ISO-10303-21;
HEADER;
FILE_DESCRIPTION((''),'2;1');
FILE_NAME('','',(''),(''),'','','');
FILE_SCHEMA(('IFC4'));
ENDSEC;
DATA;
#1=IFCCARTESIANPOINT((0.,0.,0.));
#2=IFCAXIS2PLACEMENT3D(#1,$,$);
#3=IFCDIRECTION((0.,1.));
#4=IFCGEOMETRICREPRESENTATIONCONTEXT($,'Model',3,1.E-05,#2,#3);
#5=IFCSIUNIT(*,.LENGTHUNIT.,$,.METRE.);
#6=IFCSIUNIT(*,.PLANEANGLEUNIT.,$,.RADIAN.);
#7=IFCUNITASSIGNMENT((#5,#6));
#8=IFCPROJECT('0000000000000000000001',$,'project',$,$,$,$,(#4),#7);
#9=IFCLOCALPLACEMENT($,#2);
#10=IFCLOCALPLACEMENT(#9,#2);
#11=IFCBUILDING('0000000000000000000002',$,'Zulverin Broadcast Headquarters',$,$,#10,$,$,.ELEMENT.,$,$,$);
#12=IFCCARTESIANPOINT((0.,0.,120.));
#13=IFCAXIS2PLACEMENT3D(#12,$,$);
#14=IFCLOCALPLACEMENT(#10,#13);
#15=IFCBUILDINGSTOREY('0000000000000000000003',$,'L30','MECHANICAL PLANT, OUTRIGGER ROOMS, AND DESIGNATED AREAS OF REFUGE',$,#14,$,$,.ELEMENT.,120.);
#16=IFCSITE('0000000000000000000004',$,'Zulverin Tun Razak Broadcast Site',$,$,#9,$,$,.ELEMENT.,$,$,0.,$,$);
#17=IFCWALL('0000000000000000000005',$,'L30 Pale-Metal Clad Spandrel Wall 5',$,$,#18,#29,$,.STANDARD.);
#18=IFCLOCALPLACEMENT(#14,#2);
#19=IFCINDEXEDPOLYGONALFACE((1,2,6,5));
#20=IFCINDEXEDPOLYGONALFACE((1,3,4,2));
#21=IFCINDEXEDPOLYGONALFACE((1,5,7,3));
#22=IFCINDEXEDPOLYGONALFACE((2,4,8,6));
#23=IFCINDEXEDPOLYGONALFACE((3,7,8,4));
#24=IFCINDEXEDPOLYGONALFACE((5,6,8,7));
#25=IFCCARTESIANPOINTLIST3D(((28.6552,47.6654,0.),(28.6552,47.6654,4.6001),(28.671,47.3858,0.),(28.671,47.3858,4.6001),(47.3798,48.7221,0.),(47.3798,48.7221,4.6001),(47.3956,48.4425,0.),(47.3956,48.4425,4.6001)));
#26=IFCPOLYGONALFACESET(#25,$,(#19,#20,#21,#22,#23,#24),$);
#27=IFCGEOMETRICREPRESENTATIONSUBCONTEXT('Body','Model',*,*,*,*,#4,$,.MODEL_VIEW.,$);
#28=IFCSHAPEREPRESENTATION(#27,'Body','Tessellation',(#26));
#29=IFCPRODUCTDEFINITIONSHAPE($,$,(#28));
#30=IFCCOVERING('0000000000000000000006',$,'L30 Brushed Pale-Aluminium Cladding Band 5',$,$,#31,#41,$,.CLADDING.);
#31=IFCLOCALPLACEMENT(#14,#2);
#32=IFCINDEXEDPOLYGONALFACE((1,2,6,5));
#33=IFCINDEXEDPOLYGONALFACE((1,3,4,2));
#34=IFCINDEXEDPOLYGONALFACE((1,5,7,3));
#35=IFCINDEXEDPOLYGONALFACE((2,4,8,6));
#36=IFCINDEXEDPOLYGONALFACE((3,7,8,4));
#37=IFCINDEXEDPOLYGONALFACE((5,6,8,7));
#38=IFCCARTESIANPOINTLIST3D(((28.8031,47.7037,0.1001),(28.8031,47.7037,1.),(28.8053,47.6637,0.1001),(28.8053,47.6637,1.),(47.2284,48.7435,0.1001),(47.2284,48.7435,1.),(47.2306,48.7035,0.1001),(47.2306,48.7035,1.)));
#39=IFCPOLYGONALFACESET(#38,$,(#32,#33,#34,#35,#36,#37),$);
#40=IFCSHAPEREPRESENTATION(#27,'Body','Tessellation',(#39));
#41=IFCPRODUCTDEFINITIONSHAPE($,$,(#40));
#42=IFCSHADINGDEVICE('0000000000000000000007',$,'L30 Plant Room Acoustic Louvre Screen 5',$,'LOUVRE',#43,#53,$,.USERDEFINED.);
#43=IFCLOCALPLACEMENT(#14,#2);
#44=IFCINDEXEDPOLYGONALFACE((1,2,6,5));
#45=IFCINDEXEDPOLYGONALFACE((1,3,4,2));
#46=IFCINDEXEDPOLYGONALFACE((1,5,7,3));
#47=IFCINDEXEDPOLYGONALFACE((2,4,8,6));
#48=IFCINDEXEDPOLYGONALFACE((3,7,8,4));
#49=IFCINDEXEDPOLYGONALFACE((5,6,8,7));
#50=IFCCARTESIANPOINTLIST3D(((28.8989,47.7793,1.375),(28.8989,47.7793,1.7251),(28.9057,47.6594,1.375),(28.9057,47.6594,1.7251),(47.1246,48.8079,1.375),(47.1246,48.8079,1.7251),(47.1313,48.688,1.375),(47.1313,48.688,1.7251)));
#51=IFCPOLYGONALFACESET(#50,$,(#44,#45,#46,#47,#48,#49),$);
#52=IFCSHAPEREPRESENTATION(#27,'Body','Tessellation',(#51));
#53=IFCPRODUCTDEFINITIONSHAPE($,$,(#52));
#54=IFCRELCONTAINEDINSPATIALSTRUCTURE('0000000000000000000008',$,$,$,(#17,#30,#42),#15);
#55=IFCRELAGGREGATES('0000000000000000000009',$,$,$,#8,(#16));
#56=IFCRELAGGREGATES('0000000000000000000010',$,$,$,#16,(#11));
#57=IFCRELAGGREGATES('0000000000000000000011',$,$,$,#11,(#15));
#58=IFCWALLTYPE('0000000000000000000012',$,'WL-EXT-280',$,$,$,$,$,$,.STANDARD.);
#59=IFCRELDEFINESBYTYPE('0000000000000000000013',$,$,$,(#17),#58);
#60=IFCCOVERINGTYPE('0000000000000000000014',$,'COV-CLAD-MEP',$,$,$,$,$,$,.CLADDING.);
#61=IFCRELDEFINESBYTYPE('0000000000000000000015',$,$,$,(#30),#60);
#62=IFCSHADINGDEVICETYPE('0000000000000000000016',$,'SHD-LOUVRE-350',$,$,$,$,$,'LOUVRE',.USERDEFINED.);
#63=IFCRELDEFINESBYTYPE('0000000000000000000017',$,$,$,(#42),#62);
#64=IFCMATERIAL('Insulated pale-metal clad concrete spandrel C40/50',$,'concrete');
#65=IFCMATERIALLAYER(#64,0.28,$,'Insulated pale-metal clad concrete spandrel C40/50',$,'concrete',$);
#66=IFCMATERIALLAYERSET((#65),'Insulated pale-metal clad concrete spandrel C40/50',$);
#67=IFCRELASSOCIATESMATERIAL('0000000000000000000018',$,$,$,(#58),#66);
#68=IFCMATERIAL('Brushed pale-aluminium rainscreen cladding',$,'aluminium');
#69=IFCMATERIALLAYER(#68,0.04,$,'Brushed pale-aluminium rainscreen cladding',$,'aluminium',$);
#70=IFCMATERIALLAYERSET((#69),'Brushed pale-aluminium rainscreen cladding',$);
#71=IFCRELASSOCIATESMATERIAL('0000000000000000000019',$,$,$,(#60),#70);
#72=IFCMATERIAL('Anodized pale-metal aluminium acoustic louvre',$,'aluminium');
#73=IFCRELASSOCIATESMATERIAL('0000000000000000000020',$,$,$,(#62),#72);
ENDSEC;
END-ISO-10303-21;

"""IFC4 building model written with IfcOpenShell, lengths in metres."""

from ifc_helpers import new_model, si_unit, direction, frame, frame_2d, origin, origin_2d, place, context, subcontext, project, spatial, rectangle, extrude, material, layer, layer_set, type_object, element, save


model = new_model("IFC4")

# Units and contexts
model_context = context("Model", 3, precision=1e-05, world=origin(), true_north=direction((0.0, 1.0)))
body_context = subcontext(model_context, "Body", "Model", "MODEL_VIEW")
ifc_project = project(units=[si_unit("LENGTHUNIT", "METRE"), si_unit("PLANEANGLEUNIT", "RADIAN")], contexts=[model_context])

# Site, building, storey
site_placement = place(None, origin())
site = spatial("IfcSite", under=ifc_project, at=site_placement, Name="Zulverin Tun Razak Broadcast Site", CompositionType="ELEMENT", RefElevation=0.0)
building_placement = place(site_placement, origin())
building = spatial("IfcBuilding", under=site, at=building_placement, Name="Zulverin Broadcast Headquarters", CompositionType="ELEMENT")
storey_placement = place(building_placement, frame((0.0, 0.0, 120.0)))
storey = spatial("IfcBuildingStorey", under=building, at=storey_placement, Name="L30", Description="MECHANICAL PLANT, OUTRIGGER ROOMS, AND DESIGNATED AREAS OF REFUGE", CompositionType="ELEMENT", Elevation=120.0)

# Wall
ifc_material_1 = material(Name="Insulated pale-metal clad concrete spandrel C40/50", Category="concrete")
ifc_layer_1 = layer(ifc_material_1, 0.28, Name="Insulated pale-metal clad concrete spandrel C40/50", Category="concrete")
ifc_layer_set_1 = layer_set([ifc_layer_1], Name="Insulated pale-metal clad concrete spandrel C40/50")
wall_type = type_object("IfcWallType", Name="WL-EXT-280", PredefinedType="STANDARD", material=ifc_layer_set_1)
wall_placement = place(storey_placement, frame((47.3877, 48.5823, 0.0), z_axis=(0.0, 0.0, 1.0), x_axis=(-0.998412, -0.056341, 0.0)))
element("IfcWall", 1, at=wall_placement, inside=storey, type_object=wall_type, Name="L30 Pale-Metal Clad Spandrel Wall 5", PredefinedType="STANDARD", context=body_context, shape_type="SweptSolid", body=[
    extrude(rectangle(XDim=18.7544, YDim=0.28, at=frame_2d((9.3772, 0.0))), origin(), (0.0, 0.0, 1.0), 4.6001),
])

# Covering
ifc_material_2 = material(Name="Brushed pale-aluminium rainscreen cladding", Category="aluminium")
ifc_layer_2 = layer(ifc_material_2, 0.04, Name="Brushed pale-aluminium rainscreen cladding", Category="aluminium")
ifc_layer_set_2 = layer_set([ifc_layer_2], Name="Brushed pale-aluminium rainscreen cladding")
covering_type = type_object("IfcCoveringType", Name="COV-CLAD-MEP", PredefinedType="CLADDING", material=ifc_layer_set_2)
covering_placement = place(storey_placement, frame((38.0168, 48.2036, 0.1001), z_axis=(0.0, 0.0, 1.0), x_axis=(-0.998411, -0.056344, 0.0)))
element("IfcCovering", 2, at=covering_placement, inside=storey, type_object=covering_type, Name="L30 Brushed Pale-Aluminium Cladding Band 5", PredefinedType="CLADDING", context=body_context, shape_type="SweptSolid", body=[
    extrude(rectangle(XDim=18.4546, YDim=0.04, at=origin_2d()), origin(), (0.0, 0.0, 1.0), 0.8999),
])

# Shading device
ifc_material_3 = material(Name="Anodized pale-metal aluminium acoustic louvre", Category="aluminium")
shading_device_type = type_object("IfcShadingDeviceType", Name="SHD-LOUVRE-350", ElementType="LOUVRE", PredefinedType="USERDEFINED", material=ifc_material_3)
shading_device_placement = place(storey_placement, frame((38.0151, 48.2336, 1.375), z_axis=(0.0, 0.0, 1.0), x_axis=(-0.998411, -0.056344, 0.0)))
element("IfcShadingDevice", 3, at=shading_device_placement, inside=storey, type_object=shading_device_type, Name="L30 Plant Room Acoustic Louvre Screen 5", ObjectType="LOUVRE", PredefinedType="USERDEFINED", context=body_context, shape_type="SweptSolid", body=[
    extrude(rectangle(XDim=18.2546, YDim=0.1201, at=origin_2d()), origin(), (0.0, 0.0, 1.0), 0.3501),
])

save(model, "model.ifc")
